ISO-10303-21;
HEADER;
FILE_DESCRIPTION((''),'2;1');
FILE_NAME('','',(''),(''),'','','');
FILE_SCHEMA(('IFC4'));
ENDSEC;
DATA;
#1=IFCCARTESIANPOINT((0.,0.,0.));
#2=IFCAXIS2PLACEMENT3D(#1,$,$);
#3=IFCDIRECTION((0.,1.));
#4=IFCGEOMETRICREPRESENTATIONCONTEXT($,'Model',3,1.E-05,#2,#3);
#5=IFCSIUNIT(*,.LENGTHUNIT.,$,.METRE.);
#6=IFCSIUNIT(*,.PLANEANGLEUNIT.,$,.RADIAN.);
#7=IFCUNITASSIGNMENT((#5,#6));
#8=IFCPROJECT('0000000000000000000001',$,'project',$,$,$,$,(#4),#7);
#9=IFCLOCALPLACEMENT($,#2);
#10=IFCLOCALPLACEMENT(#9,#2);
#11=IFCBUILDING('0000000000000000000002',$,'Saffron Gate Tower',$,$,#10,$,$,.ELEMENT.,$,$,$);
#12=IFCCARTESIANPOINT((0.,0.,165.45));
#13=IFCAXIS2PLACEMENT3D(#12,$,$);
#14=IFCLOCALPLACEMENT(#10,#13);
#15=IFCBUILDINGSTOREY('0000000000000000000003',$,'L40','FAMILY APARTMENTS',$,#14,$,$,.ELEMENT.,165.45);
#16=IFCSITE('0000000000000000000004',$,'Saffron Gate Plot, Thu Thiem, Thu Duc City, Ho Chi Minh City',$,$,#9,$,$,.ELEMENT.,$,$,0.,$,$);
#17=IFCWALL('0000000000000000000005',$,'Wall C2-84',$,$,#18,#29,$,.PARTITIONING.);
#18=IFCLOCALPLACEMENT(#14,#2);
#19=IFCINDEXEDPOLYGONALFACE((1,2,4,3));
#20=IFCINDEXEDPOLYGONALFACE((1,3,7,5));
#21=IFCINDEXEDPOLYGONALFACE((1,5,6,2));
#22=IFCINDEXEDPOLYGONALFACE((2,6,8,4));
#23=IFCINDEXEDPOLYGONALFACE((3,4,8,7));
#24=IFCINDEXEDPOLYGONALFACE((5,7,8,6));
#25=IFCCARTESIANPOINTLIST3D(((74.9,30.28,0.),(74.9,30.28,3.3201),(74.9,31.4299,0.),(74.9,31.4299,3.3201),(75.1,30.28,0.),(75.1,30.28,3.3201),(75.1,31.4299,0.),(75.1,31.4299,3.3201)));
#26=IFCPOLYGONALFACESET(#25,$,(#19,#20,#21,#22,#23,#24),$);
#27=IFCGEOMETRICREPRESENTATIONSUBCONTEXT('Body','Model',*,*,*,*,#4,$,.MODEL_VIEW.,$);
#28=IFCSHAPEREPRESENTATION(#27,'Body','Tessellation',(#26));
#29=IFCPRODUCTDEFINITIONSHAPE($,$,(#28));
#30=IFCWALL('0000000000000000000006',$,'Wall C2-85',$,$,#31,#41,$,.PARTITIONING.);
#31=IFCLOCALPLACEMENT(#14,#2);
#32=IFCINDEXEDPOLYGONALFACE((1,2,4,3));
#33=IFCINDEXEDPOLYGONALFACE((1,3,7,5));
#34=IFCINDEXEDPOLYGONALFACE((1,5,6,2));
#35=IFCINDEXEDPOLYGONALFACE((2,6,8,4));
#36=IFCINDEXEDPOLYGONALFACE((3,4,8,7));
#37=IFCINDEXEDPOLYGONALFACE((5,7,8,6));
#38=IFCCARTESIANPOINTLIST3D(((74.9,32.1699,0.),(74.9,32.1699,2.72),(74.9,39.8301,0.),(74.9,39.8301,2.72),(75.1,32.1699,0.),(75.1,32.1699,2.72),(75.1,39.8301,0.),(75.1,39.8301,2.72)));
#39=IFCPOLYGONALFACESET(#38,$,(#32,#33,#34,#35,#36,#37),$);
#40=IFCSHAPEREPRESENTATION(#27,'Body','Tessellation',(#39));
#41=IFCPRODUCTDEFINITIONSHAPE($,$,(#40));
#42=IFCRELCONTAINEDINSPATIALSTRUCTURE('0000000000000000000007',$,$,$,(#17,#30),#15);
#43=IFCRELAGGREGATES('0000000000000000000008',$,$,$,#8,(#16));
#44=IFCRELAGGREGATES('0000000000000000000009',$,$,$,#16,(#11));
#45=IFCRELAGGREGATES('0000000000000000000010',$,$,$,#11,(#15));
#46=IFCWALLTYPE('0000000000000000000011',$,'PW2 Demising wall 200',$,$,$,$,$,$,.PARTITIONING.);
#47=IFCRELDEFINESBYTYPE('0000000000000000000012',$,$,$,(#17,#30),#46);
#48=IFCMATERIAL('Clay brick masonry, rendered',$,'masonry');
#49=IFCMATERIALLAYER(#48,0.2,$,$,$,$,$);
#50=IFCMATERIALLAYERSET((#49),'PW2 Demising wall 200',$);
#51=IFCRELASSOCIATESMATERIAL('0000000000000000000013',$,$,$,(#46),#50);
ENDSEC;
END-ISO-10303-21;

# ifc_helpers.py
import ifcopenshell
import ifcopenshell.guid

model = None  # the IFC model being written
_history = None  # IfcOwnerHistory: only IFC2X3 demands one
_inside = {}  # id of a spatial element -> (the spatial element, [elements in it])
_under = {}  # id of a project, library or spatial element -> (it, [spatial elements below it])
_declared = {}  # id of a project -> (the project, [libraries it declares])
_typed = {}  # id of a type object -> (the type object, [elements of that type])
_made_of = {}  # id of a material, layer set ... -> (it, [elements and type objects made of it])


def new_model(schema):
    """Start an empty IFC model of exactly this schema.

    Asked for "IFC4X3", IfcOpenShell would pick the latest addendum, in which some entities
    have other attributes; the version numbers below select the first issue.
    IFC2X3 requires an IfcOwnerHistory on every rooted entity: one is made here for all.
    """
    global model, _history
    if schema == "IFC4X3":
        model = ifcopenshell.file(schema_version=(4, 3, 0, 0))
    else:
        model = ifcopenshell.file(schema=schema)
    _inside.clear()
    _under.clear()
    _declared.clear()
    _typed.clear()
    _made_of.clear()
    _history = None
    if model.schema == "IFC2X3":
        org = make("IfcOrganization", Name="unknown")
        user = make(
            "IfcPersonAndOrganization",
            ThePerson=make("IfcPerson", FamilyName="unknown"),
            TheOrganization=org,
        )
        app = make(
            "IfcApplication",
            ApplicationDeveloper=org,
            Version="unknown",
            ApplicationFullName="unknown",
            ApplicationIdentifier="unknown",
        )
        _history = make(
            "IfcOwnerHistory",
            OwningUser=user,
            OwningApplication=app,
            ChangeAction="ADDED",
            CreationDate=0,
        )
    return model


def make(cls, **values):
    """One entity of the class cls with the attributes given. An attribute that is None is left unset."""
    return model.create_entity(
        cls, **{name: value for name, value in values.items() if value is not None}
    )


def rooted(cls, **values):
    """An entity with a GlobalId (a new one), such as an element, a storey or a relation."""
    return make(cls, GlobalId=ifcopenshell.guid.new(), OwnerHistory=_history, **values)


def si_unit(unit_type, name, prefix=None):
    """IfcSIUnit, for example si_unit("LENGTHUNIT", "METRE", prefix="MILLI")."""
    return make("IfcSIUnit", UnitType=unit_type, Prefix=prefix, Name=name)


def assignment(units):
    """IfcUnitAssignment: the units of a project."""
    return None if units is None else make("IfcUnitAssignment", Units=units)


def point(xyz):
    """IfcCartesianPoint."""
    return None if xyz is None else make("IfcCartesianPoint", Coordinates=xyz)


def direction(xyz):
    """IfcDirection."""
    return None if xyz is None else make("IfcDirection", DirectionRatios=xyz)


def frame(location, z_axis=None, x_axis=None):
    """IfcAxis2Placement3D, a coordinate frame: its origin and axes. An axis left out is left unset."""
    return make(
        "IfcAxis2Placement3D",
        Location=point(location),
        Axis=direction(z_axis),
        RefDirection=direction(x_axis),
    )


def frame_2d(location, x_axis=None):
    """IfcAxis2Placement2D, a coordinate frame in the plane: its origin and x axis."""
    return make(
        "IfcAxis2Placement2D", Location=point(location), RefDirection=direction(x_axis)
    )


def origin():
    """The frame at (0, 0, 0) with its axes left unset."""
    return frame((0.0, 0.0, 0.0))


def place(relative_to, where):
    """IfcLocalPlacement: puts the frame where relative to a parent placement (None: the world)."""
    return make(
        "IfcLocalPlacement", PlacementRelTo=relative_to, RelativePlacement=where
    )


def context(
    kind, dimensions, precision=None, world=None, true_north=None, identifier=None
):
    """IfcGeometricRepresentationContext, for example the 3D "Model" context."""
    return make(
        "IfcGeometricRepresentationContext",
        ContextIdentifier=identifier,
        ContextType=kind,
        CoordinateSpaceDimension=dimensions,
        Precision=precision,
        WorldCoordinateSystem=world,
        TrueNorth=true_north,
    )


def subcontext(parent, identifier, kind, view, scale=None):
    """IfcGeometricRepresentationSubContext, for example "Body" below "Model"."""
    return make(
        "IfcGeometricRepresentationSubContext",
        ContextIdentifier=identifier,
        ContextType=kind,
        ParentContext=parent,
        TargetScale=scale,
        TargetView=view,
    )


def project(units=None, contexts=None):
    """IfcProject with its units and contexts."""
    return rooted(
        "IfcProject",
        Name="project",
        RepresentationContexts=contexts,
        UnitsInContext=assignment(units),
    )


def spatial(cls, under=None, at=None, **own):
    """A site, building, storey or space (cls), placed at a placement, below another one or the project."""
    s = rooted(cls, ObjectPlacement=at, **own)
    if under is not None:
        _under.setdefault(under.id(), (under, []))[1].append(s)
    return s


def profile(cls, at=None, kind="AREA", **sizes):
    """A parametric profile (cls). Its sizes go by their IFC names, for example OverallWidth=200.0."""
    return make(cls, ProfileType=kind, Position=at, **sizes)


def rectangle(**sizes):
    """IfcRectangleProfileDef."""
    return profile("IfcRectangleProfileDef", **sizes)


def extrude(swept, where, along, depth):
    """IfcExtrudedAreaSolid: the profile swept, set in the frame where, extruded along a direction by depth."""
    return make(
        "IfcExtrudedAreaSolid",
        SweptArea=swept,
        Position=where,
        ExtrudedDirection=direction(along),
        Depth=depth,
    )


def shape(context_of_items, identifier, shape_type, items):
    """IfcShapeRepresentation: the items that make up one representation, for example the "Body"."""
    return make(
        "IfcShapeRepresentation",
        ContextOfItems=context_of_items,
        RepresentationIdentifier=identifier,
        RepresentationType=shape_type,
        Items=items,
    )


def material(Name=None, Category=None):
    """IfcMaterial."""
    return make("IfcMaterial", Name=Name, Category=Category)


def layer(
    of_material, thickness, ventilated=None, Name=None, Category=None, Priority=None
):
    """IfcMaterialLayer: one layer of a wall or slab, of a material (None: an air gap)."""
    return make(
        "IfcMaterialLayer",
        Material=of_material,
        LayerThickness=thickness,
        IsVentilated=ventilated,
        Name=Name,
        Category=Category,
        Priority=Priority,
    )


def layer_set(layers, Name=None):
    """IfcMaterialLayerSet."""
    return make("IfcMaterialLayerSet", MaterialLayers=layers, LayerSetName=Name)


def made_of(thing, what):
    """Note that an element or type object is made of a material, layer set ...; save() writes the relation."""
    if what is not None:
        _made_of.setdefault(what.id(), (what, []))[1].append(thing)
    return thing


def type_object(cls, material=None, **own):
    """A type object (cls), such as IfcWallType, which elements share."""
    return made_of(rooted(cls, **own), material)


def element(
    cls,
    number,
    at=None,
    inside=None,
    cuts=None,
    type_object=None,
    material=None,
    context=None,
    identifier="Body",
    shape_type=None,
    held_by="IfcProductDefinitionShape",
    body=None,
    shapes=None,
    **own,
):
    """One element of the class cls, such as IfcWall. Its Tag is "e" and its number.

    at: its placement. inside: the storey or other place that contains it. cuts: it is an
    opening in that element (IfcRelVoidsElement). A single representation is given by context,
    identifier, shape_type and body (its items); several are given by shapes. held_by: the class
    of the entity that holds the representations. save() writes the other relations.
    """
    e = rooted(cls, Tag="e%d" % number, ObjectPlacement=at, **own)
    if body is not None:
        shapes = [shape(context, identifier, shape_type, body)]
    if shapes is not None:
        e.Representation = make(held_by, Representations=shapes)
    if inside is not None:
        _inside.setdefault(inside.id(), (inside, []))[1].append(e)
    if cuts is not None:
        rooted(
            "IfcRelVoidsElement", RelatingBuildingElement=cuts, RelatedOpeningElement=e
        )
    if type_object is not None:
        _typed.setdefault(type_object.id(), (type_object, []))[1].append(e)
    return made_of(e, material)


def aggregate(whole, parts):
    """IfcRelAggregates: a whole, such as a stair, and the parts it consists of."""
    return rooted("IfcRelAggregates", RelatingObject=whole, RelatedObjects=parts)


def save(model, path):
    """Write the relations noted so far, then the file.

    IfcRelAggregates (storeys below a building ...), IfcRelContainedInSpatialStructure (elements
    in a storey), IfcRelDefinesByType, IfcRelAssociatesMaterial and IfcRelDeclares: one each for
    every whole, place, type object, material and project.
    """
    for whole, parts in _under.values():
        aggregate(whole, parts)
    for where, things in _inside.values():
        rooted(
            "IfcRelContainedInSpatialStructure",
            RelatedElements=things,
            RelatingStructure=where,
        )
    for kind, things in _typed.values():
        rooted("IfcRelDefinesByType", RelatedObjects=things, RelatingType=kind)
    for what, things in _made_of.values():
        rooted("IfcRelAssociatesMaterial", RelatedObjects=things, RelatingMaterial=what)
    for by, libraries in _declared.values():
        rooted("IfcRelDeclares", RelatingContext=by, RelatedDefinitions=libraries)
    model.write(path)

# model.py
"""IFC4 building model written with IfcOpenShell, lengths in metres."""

from ifc_helpers import new_model, si_unit, direction, frame, frame_2d, origin, place, context, subcontext, project, spatial, rectangle, extrude, material, layer, layer_set, type_object, element, save


model = new_model("IFC4")

# Units and contexts
model_context = context("Model", 3, precision=1e-05, world=origin(), true_north=direction((0.0, 1.0)))
body_context = subcontext(model_context, "Body", "Model", "MODEL_VIEW")
ifc_project = project(units=[si_unit("LENGTHUNIT", "METRE"), si_unit("PLANEANGLEUNIT", "RADIAN")], contexts=[model_context])

# Site, building, storey
site_placement = place(None, origin())
site = spatial("IfcSite", under=ifc_project, at=site_placement, Name="Saffron Gate Plot, Thu Thiem, Thu Duc City, Ho Chi Minh City", CompositionType="ELEMENT", RefElevation=0.0)
building_placement = place(site_placement, origin())
building = spatial("IfcBuilding", under=site, at=building_placement, Name="Saffron Gate Tower", CompositionType="ELEMENT")
storey_placement = place(building_placement, frame((0.0, 0.0, 165.45)))
storey = spatial("IfcBuildingStorey", under=building, at=storey_placement, Name="L40", Description="FAMILY APARTMENTS", CompositionType="ELEMENT", Elevation=165.45)

# Walls
ifc_material_1 = material(Name="Clay brick masonry, rendered", Category="masonry")
ifc_layer_1 = layer(ifc_material_1, 0.2)
ifc_layer_set_1 = layer_set([ifc_layer_1], Name="PW2 Demising wall 200")
wall_type_1 = type_object("IfcWallType", Name="PW2 Demising wall 200", PredefinedType="PARTITIONING", material=ifc_layer_set_1)
wall_1_placement = place(storey_placement, frame((75.0, 31.4299, 0.0), z_axis=(0.0, 0.0, 1.0), x_axis=(0.0, -1.0, 0.0)))
element("IfcWall", 1, at=wall_1_placement, inside=storey, type_object=wall_type_1, Name="Wall C2-84", PredefinedType="PARTITIONING", context=body_context, shape_type="SweptSolid", body=[
    extrude(rectangle(XDim=1.1499, YDim=0.2, at=frame_2d((0.575, 0.0))), origin(), (0.0, 0.0, 1.0), 3.3201),
])
wall_2_placement = place(storey_placement, frame((75.0, 39.8301, 0.0), z_axis=(0.0, 0.0, 1.0), x_axis=(0.0, -1.0, 0.0)))
element("IfcWall", 2, at=wall_2_placement, inside=storey, type_object=wall_type_1, Name="Wall C2-85", PredefinedType="PARTITIONING", context=body_context, shape_type="SweptSolid", body=[
    extrude(rectangle(XDim=7.6602, YDim=0.2, at=frame_2d((3.8301, 0.0))), origin(), (0.0, 0.0, 1.0), 2.72),
])

save(model, "model.ifc")
